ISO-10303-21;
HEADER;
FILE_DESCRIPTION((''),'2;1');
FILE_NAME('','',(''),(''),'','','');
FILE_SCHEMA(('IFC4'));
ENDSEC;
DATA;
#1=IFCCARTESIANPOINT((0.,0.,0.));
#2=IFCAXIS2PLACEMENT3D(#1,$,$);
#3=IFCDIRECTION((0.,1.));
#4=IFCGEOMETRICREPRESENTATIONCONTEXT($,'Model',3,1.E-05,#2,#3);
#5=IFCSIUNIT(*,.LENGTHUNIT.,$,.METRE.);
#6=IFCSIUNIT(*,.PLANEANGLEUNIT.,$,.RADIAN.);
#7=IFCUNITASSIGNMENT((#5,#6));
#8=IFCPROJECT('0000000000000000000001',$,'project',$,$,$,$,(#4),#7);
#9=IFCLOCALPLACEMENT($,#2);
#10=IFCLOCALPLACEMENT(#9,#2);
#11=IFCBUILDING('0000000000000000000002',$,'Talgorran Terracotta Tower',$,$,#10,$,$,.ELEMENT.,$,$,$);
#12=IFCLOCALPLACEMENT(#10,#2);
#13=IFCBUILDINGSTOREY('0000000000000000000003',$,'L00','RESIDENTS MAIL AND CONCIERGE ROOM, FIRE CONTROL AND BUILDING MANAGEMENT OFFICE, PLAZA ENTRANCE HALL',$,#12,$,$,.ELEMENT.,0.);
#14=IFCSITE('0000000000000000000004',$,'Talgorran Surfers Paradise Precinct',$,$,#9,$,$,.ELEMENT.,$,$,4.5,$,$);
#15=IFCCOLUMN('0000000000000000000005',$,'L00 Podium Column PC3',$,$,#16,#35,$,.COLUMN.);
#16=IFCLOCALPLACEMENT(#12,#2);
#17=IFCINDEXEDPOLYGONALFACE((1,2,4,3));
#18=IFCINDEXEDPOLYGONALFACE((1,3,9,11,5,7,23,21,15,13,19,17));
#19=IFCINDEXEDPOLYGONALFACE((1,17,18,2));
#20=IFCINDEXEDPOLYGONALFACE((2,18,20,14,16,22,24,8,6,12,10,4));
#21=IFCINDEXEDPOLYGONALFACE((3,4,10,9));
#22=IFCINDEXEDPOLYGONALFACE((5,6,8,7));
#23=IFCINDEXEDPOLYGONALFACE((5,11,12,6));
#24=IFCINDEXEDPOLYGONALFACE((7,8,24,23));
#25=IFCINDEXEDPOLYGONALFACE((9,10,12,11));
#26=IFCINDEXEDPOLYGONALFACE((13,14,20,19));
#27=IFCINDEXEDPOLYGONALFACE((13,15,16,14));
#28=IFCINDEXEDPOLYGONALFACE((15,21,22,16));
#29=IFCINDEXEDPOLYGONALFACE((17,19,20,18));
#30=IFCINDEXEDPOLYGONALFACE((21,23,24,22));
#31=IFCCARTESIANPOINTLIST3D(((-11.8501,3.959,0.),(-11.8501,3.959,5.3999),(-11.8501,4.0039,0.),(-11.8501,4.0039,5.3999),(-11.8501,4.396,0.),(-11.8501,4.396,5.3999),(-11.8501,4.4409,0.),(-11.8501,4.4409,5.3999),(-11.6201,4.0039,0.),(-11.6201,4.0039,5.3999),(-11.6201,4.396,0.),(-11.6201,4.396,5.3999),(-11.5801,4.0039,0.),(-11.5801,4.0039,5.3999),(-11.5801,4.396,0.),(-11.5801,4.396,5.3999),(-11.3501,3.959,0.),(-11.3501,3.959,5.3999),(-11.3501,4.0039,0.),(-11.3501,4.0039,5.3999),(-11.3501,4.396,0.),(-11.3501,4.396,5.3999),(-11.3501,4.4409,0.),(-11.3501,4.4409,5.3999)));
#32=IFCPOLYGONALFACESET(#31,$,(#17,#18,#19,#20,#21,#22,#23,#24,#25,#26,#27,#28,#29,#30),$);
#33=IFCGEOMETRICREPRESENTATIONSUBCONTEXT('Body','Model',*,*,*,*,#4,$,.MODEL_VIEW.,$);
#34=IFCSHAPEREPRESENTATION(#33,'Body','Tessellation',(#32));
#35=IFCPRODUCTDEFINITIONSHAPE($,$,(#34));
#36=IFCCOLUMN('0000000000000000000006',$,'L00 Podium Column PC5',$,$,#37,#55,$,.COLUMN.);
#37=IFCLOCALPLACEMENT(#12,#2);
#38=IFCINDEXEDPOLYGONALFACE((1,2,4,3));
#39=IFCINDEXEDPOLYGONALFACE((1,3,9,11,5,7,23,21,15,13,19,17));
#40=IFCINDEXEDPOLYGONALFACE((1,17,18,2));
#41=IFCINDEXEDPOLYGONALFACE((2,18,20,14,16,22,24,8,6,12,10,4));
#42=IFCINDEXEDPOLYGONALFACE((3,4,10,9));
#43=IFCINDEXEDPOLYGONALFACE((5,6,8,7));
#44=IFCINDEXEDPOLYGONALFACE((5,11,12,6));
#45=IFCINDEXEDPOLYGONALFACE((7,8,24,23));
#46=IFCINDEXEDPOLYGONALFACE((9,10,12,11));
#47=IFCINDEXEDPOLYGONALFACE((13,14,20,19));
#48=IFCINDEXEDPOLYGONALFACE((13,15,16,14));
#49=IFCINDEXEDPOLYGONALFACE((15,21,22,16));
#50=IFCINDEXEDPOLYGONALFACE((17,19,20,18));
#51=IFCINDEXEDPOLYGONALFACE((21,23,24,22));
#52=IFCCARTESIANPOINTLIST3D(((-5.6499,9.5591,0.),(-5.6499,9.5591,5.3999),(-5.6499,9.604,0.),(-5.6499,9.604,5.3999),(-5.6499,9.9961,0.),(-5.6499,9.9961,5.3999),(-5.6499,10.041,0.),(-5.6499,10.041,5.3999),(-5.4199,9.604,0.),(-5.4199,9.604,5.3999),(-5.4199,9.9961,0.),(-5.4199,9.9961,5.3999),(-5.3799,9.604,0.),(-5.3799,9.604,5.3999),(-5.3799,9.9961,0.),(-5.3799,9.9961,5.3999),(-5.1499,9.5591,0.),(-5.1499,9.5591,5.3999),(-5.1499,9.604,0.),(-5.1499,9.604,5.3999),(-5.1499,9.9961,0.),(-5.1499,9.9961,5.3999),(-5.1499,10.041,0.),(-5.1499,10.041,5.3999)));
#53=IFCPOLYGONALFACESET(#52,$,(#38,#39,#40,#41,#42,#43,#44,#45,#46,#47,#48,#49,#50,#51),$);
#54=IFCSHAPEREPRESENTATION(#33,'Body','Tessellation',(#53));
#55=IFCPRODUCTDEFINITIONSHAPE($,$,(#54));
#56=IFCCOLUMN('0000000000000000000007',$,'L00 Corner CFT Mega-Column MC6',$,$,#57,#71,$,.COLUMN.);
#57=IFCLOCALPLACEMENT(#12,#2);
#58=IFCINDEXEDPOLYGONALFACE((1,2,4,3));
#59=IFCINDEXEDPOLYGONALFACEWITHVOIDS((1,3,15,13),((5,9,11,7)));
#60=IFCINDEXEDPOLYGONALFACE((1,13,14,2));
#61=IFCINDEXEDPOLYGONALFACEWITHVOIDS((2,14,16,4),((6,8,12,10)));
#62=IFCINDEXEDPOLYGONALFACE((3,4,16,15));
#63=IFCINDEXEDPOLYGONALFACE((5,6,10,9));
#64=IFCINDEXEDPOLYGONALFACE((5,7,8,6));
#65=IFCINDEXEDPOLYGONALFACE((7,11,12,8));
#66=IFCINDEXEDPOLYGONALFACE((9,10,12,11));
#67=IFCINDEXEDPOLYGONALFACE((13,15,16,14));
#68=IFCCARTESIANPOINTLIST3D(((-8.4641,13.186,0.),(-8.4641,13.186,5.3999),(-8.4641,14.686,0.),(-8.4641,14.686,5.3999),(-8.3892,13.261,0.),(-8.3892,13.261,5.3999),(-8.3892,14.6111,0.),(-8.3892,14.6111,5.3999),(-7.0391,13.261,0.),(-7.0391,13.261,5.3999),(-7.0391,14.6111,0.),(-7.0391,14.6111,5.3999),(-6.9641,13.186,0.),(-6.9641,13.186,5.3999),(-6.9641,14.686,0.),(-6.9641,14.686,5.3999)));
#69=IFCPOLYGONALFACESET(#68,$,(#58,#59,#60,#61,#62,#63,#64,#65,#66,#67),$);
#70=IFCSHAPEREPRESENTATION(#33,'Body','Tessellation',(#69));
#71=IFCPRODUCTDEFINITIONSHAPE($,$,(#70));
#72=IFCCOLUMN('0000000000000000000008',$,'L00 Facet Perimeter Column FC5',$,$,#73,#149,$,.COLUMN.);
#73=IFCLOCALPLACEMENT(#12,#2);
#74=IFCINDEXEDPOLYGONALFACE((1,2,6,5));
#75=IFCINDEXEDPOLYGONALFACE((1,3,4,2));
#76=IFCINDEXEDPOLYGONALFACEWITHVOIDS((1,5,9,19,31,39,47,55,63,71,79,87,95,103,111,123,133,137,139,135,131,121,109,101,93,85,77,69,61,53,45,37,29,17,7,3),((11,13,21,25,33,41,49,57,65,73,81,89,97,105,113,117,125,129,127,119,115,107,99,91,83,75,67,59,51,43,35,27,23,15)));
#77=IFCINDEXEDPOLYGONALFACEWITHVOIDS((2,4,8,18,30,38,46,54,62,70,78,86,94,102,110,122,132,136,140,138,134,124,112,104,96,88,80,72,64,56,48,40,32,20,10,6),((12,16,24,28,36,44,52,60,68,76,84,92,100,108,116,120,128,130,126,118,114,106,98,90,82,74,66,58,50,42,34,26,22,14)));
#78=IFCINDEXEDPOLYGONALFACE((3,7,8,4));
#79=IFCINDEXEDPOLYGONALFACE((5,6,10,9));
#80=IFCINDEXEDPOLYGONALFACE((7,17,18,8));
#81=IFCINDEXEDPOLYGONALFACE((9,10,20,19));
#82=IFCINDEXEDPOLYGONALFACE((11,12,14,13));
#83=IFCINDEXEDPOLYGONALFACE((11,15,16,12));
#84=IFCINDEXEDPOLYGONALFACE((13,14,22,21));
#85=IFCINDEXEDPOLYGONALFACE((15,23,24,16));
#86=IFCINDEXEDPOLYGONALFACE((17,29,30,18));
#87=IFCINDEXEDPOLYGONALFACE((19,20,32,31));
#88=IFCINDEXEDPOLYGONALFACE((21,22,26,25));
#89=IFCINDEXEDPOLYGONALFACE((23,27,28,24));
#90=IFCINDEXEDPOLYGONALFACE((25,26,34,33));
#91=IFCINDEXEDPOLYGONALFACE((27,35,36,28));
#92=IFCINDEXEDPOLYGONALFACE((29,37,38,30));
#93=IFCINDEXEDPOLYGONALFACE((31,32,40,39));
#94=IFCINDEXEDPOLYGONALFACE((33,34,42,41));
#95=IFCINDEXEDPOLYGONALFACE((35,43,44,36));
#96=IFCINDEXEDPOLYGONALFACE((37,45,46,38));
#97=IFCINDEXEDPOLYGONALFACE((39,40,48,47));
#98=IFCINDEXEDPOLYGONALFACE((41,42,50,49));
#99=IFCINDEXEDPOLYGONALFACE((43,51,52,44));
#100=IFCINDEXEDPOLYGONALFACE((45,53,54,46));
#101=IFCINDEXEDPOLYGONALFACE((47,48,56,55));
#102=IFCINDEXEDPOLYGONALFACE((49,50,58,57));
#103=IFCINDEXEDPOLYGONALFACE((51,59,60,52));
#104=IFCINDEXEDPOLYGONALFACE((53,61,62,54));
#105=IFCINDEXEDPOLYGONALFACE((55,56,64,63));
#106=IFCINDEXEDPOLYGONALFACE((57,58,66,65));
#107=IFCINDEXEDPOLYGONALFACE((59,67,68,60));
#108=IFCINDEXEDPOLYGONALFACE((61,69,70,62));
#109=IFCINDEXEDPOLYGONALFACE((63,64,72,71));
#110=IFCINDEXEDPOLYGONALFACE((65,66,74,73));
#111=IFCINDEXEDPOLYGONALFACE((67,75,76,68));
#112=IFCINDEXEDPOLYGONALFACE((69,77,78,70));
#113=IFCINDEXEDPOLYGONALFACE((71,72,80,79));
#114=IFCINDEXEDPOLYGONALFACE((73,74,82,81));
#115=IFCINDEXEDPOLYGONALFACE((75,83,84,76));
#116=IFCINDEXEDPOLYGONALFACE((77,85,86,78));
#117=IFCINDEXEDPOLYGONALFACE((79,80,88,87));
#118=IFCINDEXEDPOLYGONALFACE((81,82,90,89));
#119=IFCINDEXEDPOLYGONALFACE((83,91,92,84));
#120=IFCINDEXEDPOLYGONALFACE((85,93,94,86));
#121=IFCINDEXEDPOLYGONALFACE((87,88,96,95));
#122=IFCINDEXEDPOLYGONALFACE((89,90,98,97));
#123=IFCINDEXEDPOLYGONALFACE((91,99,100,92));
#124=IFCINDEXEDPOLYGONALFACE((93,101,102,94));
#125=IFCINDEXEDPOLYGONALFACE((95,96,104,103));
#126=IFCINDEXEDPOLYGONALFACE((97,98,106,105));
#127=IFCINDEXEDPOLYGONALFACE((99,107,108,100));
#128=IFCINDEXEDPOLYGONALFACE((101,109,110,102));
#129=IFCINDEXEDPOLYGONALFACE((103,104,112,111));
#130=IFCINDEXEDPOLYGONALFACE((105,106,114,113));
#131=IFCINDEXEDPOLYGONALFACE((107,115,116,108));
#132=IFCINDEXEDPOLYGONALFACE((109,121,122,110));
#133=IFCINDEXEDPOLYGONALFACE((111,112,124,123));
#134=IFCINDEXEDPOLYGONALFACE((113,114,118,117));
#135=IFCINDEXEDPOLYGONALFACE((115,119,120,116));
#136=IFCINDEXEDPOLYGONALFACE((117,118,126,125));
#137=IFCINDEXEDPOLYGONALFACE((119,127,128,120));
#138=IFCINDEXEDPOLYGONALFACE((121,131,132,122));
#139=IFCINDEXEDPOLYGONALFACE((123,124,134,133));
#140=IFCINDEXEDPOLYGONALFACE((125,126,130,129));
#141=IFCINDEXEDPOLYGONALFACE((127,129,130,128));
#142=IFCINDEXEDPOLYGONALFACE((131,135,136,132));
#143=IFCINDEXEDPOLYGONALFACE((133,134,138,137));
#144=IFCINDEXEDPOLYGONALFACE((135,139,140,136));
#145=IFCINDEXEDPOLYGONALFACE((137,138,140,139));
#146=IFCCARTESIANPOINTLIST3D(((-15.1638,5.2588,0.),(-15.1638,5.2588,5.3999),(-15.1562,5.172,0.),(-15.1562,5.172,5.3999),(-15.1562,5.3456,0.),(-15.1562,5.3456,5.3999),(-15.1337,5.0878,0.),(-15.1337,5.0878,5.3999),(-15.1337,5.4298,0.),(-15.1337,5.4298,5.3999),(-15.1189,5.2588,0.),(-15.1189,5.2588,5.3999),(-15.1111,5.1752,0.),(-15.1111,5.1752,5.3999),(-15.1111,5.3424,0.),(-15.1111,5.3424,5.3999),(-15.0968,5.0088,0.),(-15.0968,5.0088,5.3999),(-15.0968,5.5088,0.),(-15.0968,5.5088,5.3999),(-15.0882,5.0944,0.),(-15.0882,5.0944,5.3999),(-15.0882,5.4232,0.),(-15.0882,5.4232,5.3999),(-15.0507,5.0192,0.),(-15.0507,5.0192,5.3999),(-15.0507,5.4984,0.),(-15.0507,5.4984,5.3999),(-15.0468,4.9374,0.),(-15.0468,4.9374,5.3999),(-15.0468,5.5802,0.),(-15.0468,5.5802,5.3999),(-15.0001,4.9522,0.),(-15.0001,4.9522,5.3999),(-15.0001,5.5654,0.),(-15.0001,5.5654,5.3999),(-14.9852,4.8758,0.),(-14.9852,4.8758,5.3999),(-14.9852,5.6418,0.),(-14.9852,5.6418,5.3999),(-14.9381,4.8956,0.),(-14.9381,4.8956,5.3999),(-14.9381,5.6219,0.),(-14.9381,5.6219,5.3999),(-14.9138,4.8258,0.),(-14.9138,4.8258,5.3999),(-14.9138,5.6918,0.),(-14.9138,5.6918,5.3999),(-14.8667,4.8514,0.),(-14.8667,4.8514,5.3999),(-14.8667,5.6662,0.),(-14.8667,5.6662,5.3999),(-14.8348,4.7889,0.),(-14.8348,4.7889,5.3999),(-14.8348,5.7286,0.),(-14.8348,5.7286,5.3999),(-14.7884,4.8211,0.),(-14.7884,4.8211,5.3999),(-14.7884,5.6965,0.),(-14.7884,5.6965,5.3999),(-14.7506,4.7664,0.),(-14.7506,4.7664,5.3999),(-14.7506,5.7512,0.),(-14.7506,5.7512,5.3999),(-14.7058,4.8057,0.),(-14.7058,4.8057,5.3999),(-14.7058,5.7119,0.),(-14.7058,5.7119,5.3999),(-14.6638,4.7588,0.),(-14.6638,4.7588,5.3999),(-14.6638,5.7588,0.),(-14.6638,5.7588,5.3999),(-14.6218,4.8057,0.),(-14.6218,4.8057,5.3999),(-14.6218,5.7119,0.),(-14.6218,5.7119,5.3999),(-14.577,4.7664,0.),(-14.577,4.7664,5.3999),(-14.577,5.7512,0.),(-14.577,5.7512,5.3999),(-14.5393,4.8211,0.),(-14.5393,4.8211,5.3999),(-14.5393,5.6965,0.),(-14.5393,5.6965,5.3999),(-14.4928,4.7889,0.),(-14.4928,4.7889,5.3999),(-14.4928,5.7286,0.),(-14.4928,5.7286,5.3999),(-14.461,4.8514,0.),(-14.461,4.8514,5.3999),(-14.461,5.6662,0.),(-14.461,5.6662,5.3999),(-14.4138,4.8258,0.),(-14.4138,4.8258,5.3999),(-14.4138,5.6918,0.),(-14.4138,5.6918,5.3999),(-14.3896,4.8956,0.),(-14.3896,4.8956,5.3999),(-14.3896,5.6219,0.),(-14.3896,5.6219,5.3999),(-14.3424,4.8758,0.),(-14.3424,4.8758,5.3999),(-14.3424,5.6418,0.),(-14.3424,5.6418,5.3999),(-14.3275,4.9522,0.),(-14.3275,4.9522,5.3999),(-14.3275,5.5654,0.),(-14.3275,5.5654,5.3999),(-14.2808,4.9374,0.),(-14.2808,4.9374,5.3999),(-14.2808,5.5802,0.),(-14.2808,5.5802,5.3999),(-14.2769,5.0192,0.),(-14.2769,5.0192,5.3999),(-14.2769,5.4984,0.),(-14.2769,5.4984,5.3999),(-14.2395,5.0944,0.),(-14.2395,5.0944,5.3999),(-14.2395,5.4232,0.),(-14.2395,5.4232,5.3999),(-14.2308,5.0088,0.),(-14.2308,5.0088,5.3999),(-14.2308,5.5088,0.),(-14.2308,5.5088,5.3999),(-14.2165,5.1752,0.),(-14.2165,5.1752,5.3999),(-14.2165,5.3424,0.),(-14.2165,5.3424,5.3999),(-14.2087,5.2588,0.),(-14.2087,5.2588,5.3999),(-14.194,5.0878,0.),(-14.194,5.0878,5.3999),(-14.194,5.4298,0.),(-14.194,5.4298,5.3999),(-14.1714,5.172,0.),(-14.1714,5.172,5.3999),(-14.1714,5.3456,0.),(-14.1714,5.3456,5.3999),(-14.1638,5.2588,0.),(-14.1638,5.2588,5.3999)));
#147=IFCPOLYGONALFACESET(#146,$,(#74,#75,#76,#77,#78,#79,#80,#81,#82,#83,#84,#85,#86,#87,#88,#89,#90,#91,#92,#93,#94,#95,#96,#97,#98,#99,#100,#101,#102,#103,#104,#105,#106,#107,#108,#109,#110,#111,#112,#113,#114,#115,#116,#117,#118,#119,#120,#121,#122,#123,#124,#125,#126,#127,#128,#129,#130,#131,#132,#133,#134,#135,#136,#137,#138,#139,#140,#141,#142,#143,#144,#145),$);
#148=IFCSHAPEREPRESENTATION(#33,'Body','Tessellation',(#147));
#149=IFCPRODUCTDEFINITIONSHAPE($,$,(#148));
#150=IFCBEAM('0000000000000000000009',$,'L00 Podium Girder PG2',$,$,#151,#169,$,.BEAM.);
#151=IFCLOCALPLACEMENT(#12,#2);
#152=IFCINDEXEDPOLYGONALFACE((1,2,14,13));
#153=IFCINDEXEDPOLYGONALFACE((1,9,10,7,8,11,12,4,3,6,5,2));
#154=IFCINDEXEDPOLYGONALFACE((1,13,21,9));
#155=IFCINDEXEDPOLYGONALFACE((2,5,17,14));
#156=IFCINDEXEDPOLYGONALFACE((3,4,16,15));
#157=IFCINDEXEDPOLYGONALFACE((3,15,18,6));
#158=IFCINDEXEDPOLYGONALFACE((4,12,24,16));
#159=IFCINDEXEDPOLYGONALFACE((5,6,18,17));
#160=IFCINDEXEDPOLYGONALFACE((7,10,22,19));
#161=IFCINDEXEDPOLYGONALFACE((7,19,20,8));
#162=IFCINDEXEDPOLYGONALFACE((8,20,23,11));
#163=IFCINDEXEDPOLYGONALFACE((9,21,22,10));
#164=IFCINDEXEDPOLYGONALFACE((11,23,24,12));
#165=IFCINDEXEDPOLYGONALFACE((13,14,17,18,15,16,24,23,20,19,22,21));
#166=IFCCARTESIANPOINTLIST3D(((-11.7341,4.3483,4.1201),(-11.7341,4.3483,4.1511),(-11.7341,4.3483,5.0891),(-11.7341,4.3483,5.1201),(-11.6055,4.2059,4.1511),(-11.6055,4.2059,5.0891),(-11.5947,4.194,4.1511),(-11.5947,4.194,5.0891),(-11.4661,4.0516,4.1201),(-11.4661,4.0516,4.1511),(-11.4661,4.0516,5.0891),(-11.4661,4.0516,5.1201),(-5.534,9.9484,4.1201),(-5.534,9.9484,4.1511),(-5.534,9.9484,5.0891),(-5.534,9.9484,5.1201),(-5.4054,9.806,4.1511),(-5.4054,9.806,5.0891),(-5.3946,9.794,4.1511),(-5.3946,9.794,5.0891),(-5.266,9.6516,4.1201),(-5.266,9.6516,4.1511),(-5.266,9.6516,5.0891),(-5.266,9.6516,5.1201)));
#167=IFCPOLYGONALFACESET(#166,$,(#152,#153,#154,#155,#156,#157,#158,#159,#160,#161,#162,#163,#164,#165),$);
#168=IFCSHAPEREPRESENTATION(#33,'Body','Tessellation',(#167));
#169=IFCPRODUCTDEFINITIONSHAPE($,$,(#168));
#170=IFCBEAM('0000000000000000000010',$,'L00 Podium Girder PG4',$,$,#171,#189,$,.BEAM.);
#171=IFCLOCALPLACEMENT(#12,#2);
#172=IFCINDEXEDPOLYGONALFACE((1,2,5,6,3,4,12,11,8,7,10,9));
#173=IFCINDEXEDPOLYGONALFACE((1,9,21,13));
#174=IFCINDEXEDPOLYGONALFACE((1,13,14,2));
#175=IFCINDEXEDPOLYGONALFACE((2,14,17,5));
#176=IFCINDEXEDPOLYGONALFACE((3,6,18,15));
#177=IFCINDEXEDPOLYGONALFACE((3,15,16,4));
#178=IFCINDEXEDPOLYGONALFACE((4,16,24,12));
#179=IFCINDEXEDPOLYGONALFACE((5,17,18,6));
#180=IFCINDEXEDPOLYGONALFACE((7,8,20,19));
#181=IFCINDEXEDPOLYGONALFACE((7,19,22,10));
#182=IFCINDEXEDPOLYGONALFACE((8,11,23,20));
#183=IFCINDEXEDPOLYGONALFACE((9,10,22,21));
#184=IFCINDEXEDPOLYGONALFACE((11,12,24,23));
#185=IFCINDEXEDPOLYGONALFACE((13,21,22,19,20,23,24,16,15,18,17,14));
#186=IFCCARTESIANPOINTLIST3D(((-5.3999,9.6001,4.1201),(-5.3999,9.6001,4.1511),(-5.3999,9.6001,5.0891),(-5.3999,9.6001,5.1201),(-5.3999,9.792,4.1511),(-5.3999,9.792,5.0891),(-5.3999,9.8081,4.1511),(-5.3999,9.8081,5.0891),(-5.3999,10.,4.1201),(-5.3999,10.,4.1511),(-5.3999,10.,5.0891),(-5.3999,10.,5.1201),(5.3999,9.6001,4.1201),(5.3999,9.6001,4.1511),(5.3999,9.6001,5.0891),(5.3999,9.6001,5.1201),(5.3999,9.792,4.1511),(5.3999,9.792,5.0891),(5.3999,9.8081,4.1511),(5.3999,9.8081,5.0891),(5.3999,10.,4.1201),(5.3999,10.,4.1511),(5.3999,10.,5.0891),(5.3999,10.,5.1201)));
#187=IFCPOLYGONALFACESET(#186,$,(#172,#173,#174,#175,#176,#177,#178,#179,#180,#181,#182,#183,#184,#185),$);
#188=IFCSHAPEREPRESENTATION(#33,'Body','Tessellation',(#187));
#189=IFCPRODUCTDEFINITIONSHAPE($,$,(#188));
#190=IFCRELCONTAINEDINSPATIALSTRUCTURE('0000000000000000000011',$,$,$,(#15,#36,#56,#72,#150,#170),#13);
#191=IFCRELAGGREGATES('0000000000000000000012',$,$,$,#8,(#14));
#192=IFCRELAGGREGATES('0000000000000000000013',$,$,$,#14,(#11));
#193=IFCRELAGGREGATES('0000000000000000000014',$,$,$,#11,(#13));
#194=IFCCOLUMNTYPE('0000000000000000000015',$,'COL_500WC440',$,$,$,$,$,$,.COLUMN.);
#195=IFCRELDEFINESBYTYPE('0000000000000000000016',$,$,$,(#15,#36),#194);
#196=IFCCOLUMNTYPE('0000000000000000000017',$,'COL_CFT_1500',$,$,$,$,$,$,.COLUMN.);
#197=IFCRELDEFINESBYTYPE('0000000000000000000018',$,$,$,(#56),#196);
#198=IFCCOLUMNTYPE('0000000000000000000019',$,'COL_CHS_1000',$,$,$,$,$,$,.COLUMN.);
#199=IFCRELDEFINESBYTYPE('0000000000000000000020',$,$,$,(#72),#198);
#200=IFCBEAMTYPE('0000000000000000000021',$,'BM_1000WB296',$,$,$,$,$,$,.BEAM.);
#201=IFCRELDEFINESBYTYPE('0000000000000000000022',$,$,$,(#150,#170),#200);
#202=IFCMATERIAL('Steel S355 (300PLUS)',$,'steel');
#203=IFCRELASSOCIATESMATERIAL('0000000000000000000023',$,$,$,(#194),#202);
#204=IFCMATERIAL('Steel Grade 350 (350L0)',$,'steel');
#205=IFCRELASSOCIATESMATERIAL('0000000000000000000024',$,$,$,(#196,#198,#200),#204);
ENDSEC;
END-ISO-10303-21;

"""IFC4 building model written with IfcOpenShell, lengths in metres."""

from ifc_helpers import new_model, si_unit, direction, frame, origin, origin_2d, place, context, subcontext, project, spatial, hollow_rectangle, hollow_circle, i_section, extrude, material, material_profile, profile_set, type_object, element, save


model = new_model("IFC4")

# Units and contexts
model_context = context("Model", 3, precision=1e-05, world=origin(), true_north=direction((0.0, 1.0)))
body_context = subcontext(model_context, "Body", "Model", "MODEL_VIEW")
ifc_project = project(units=[si_unit("LENGTHUNIT", "METRE"), si_unit("PLANEANGLEUNIT", "RADIAN")], contexts=[model_context])

# Site, building, storey
site_placement = place(None, origin())
site = spatial("IfcSite", under=ifc_project, at=site_placement, Name="Talgorran Surfers Paradise Precinct", CompositionType="ELEMENT", RefElevation=4.5)
building_placement = place(site_placement, origin())
building = spatial("IfcBuilding", under=site, at=building_placement, Name="Talgorran Terracotta Tower", CompositionType="ELEMENT")
storey_placement = place(building_placement, origin())
storey = spatial("IfcBuildingStorey", under=building, at=storey_placement, Name="L00", Description="RESIDENTS MAIL AND CONCIERGE ROOM, FIRE CONTROL AND BUILDING MANAGEMENT OFFICE, PLAZA ENTRANCE HALL", CompositionType="ELEMENT", Elevation=0.0)

# Columns
ifc_material_1 = material(Name="Steel S355 (300PLUS)", Category="steel")
ifc_material_profile_1 = material_profile(ifc_material_1, i_section(OverallWidth=0.5, OverallDepth=0.4819, WebThickness=0.04, FlangeThickness=0.0449, at=origin_2d()), Name="500WC440")
ifc_profile_set_1 = profile_set([ifc_material_profile_1], Name="Steel S355 (300PLUS)")
column_type_1 = type_object("IfcColumnType", Name="COL_500WC440", PredefinedType="COLUMN", material=ifc_profile_set_1)
for number, where, z_axis, x_axis, name in (
    (1, (-11.6001, 4.2, 0.0), (0.0, 0.0, 1.0), (1.0, 0.0, 0.0), "L00 Podium Column PC3"),
    (2, (-5.3999, 9.8, 0.0), (0.0, 0.0, 1.0), (1.0, 0.0, 0.0), "L00 Podium Column PC5"),
):
    element("IfcColumn", number, at=place(storey_placement, frame(where, z_axis=z_axis, x_axis=x_axis)), inside=storey, type_object=column_type_1, Name=name, PredefinedType="COLUMN", context=body_context, shape_type="SweptSolid", body=[
        extrude(i_section(OverallWidth=0.5, OverallDepth=0.4819, WebThickness=0.04, FlangeThickness=0.0449, at=origin_2d()), origin(), (0.0, 0.0, 1.0), 5.3999),
    ])
ifc_material_2 = material(Name="Steel Grade 350 (350L0)", Category="steel")
ifc_material_profile_2 = material_profile(ifc_material_2, hollow_rectangle(XDim=1.5, YDim=1.5, WallThickness=0.075, at=origin_2d()), Name="CFT1500X1500X75")
ifc_profile_set_2 = profile_set([ifc_material_profile_2], Name="Steel Grade 350 (350L0)")
column_type_2 = type_object("IfcColumnType", Name="COL_CFT_1500", PredefinedType="COLUMN", material=ifc_profile_set_2)
column_1_placement = place(storey_placement, frame((-7.7141, 13.936, 0.0), z_axis=(0.0, 0.0, 1.0), x_axis=(1.0, 0.0, 0.0)))
element("IfcColumn", 3, at=column_1_placement, inside=storey, type_object=column_type_2, Name="L00 Corner CFT Mega-Column MC6", PredefinedType="COLUMN", context=body_context, shape_type="SweptSolid", body=[
    extrude(hollow_rectangle(XDim=1.5, YDim=1.5, WallThickness=0.075, at=origin_2d()), origin(), (0.0, 0.0, 1.0), 5.3999),
])
ifc_material_profile_3 = material_profile(ifc_material_2, hollow_circle(Radius=0.5, WallThickness=0.0449, at=origin_2d()), Name="CHS1000X45")
ifc_profile_set_3 = profile_set([ifc_material_profile_3], Name="Steel Grade 350 (350L0)")
column_type_3 = type_object("IfcColumnType", Name="COL_CHS_1000", PredefinedType="COLUMN", material=ifc_profile_set_3)
column_2_placement = place(storey_placement, frame((-14.6638, 5.2588, 0.0), z_axis=(0.0, 0.0, 1.0), x_axis=(1.0, 0.0, 0.0)))
element("IfcColumn", 4, at=column_2_placement, inside=storey, type_object=column_type_3, Name="L00 Facet Perimeter Column FC5", PredefinedType="COLUMN", context=body_context, shape_type="SweptSolid", body=[
    extrude(hollow_circle(Radius=0.5, WallThickness=0.0449, at=origin_2d()), origin(), (0.0, 0.0, 1.0), 5.3999),
])

# Beams
ifc_material_profile_4 = material_profile(ifc_material_2, i_section(OverallWidth=0.3999, OverallDepth=1.0, WebThickness=0.0161, FlangeThickness=0.031, at=origin_2d()), Name="1000WB296")
ifc_profile_set_4 = profile_set([ifc_material_profile_4], Name="Steel Grade 350 (350L0)")
beam_type_1 = type_object("IfcBeamType", Name="BM_1000WB296", PredefinedType="BEAM", material=ifc_profile_set_4)
beam_1_placement = place(storey_placement, frame((-11.6001, 4.2, 4.6201), z_axis=(0.742107, 0.670281, 0.0), x_axis=(-0.670281, 0.742107, 0.0)))
element("IfcBeam", 5, at=beam_1_placement, inside=storey, type_object=beam_type_1, Name="L00 Podium Girder PG2", PredefinedType="BEAM", context=body_context, shape_type="SweptSolid", body=[
    extrude(i_section(OverallWidth=0.3999, OverallDepth=1.0, WebThickness=0.0161, FlangeThickness=0.031, at=origin_2d()), origin(), (0.0, 0.0, 1.0), 8.3547),
])
beam_2_placement = place(storey_placement, frame((-5.3999, 9.8, 4.6201), z_axis=(1.0, 0.0, 0.0), x_axis=(0.0, 1.0, 0.0)))
element("IfcBeam", 6, at=beam_2_placement, inside=storey, type_object=beam_type_1, Name="L00 Podium Girder PG4", PredefinedType="BEAM", context=body_context, shape_type="SweptSolid", body=[
    extrude(i_section(OverallWidth=0.3999, OverallDepth=1.0, WebThickness=0.0161, FlangeThickness=0.031, at=origin_2d()), origin(), (0.0, 0.0, 1.0), 10.7998),
])

save(model, "model.ifc")
